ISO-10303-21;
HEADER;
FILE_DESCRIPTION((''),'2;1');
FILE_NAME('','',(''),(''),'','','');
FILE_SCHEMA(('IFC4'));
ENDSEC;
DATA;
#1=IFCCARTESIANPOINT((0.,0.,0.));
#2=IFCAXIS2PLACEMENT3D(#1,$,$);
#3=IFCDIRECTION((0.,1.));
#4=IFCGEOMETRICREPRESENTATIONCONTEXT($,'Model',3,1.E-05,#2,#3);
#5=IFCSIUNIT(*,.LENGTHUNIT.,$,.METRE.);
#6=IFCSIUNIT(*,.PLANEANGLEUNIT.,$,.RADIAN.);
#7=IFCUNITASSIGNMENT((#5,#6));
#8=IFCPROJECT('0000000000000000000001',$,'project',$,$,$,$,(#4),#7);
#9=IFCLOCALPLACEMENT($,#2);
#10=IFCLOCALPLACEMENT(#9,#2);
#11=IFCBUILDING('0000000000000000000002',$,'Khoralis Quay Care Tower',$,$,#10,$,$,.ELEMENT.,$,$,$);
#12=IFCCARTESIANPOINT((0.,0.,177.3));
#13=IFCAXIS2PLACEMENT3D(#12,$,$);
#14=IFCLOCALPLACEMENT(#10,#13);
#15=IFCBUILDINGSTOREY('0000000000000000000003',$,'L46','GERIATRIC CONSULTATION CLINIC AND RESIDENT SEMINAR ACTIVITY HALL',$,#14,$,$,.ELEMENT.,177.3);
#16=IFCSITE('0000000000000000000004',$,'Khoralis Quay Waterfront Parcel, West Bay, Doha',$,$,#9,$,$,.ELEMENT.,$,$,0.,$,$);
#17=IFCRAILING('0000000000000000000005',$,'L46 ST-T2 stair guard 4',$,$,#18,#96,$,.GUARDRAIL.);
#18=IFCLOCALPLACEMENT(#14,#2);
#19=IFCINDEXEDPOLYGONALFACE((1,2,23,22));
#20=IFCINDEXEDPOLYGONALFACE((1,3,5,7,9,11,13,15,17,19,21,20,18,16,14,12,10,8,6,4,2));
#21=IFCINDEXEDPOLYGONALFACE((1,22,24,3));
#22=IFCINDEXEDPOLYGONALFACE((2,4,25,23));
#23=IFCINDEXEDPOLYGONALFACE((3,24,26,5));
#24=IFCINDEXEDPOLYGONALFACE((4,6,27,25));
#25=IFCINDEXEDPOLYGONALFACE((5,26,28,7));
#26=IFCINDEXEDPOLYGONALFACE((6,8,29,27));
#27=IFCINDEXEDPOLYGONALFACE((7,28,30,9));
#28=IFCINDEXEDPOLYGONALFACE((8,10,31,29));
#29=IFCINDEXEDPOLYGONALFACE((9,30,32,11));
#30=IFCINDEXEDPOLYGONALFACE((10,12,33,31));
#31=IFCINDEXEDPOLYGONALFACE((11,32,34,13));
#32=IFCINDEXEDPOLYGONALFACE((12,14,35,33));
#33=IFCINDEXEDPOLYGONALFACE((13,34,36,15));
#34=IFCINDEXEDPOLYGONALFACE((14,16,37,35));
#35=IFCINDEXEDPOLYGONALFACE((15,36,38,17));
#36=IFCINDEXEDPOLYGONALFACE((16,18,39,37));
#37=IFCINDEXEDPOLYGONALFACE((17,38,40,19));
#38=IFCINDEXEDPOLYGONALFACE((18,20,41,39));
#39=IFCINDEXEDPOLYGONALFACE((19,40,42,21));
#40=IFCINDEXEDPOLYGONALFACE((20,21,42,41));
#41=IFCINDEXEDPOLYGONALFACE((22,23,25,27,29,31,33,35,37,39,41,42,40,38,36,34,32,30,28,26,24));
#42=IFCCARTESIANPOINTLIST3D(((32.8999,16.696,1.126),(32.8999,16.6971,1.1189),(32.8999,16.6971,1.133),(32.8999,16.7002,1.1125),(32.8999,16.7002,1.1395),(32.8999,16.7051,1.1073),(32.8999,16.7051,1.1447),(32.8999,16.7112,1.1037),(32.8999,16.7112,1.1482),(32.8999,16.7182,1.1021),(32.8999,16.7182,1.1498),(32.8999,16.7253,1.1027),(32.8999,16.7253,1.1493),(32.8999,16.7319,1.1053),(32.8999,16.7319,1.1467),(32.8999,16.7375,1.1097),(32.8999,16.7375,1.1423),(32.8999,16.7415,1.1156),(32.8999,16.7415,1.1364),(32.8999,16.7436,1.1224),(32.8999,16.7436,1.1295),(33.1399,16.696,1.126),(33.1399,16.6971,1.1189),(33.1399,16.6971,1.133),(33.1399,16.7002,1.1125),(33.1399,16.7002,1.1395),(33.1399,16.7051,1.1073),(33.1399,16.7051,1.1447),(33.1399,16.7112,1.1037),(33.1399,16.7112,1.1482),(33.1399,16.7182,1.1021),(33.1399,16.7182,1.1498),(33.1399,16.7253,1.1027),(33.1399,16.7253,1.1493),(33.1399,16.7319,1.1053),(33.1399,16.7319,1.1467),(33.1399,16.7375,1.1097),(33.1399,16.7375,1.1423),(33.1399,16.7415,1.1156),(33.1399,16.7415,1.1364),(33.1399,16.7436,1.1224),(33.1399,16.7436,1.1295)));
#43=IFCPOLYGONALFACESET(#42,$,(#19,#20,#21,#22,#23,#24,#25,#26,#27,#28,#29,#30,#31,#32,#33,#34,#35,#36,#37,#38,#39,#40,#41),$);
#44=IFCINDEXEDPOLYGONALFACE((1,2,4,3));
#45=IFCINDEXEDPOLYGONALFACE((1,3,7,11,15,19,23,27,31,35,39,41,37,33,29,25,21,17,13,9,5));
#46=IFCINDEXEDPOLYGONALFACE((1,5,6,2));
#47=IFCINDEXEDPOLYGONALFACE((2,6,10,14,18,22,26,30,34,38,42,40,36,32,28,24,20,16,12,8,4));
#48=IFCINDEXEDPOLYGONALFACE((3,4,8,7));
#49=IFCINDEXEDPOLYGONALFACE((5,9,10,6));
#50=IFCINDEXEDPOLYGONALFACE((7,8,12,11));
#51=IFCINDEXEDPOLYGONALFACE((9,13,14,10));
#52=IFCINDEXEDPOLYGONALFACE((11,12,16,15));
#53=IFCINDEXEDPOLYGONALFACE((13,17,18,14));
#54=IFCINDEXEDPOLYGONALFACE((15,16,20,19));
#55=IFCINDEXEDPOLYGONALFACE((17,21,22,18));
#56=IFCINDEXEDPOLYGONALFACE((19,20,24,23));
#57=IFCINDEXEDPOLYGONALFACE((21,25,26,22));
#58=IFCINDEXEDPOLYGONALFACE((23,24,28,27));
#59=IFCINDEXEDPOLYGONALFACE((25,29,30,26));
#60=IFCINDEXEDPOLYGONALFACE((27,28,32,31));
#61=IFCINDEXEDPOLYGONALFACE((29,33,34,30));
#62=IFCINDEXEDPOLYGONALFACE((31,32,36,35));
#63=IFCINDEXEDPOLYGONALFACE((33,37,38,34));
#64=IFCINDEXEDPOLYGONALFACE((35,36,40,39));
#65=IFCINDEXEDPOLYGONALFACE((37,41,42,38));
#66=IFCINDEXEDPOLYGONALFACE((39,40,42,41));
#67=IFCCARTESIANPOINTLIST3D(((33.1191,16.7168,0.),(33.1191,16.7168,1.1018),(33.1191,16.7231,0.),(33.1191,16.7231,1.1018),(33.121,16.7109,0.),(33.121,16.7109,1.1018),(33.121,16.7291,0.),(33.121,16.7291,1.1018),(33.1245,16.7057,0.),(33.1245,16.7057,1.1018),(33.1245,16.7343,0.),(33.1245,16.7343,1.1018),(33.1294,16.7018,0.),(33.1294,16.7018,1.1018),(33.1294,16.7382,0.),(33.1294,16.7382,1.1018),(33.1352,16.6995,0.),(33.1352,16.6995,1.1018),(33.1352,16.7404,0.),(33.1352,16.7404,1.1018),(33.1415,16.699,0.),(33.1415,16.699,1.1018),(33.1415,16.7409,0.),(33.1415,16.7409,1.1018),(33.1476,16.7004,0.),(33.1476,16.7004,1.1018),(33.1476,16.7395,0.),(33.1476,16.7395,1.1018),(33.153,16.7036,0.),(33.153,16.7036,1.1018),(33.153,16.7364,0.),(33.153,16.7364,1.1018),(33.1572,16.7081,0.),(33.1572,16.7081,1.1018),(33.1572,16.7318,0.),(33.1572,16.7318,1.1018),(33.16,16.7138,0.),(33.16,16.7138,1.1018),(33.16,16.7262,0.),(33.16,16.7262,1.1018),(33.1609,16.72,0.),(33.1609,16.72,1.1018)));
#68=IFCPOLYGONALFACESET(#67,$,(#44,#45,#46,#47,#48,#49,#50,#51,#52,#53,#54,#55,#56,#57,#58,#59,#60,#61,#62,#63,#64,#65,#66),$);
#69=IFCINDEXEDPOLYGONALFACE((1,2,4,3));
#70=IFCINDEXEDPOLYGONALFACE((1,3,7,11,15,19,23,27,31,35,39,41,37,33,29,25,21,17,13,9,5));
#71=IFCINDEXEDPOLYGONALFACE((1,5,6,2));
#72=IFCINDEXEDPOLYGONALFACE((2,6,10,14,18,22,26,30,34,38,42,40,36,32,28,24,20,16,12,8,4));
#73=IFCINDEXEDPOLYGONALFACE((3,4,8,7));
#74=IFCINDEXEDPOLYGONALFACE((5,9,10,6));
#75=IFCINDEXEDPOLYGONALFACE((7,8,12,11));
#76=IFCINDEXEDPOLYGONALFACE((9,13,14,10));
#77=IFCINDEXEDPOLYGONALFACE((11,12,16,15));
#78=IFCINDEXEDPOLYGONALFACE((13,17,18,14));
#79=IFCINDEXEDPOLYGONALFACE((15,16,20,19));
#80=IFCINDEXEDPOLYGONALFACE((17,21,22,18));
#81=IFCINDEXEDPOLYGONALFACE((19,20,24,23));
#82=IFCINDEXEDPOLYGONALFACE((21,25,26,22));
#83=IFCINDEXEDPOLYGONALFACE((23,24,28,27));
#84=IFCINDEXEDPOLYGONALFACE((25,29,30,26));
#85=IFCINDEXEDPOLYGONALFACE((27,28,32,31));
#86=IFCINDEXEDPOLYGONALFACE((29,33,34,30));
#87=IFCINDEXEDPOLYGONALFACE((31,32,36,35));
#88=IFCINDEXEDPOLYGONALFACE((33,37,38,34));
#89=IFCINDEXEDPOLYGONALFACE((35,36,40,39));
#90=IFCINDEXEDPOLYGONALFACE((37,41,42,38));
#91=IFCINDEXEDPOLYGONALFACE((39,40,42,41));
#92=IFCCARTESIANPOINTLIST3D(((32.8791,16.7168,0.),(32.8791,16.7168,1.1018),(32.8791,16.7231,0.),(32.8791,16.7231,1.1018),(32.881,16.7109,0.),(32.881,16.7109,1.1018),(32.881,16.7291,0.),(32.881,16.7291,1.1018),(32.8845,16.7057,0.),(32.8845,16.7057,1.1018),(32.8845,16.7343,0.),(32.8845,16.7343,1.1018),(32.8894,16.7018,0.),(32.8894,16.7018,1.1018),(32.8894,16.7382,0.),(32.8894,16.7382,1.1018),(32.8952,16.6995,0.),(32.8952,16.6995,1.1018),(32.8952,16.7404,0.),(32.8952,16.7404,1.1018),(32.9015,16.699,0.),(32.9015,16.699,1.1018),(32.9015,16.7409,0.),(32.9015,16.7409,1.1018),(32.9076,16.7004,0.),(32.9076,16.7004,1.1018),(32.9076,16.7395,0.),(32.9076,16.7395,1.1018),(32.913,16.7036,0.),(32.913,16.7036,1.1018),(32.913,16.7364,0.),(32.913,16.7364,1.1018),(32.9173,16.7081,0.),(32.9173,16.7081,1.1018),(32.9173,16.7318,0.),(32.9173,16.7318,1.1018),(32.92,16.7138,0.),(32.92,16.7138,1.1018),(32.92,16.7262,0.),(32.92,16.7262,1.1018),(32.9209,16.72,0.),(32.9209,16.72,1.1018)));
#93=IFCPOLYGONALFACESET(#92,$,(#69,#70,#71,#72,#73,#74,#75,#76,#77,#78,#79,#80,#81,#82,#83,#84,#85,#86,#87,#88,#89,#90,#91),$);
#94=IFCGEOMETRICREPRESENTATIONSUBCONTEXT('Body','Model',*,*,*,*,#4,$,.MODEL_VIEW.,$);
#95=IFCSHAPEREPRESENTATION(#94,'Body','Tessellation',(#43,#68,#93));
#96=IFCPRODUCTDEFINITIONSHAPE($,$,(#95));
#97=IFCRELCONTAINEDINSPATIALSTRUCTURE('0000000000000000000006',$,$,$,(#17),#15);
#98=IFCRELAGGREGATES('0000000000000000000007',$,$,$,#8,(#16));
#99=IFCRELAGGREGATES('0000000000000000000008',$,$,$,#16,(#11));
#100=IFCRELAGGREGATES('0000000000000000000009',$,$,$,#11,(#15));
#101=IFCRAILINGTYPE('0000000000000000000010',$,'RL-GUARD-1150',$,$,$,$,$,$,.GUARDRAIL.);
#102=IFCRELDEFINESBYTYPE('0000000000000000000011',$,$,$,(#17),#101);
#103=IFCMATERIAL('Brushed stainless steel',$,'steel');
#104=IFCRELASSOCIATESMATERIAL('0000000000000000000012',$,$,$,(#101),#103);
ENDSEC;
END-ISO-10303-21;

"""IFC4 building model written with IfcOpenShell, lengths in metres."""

from ifc_helpers import new_model, si_unit, direction, frame, origin, origin_2d, place, context, subcontext, project, spatial, circle, extrude, material, type_object, element, save


model = new_model("IFC4")

# Units and contexts
model_context = context("Model", 3, precision=1e-05, world=origin(), true_north=direction((0.0, 1.0)))
body_context = subcontext(model_context, "Body", "Model", "MODEL_VIEW")
ifc_project = project(units=[si_unit("LENGTHUNIT", "METRE"), si_unit("PLANEANGLEUNIT", "RADIAN")], contexts=[model_context])

# Site, building, storey
site_placement = place(None, origin())
site = spatial("IfcSite", under=ifc_project, at=site_placement, Name="Khoralis Quay Waterfront Parcel, West Bay, Doha", CompositionType="ELEMENT", RefElevation=0.0)
building_placement = place(site_placement, origin())
building = spatial("IfcBuilding", under=site, at=building_placement, Name="Khoralis Quay Care Tower", CompositionType="ELEMENT")
storey_placement = place(building_placement, frame((0.0, 0.0, 177.3)))
storey = spatial("IfcBuildingStorey", under=building, at=storey_placement, Name="L46", Description="GERIATRIC CONSULTATION CLINIC AND RESIDENT SEMINAR ACTIVITY HALL", CompositionType="ELEMENT", Elevation=177.3)

# Shared definitions
ifc_material_1 = material(Name="Brushed stainless steel", Category="steel")

# Railing
railing_type_1 = type_object("IfcRailingType", Name="RL-GUARD-1150", PredefinedType="GUARDRAIL", material=ifc_material_1)
railing_1_placement = place(storey_placement, frame((33.1399, 16.72, 0.0)))
element("IfcRailing", 1, at=railing_1_placement, inside=storey, type_object=railing_type_1, Name="L46 ST-T2 stair guard 4", PredefinedType="GUARDRAIL", context=body_context, shape_type="SweptSolid", body=[
    extrude(circle(Radius=0.0239, at=origin_2d()), frame((0.0, 0.0, 1.126), z_axis=(-1.0, 0.0, 0.0), x_axis=(0.0, -1.0, 0.0)), (0.0, 0.0, 1.0), 0.24),
    extrude(circle(Radius=0.021, at=origin_2d()), origin(), (0.0, 0.0, 1.0), 1.1018),
    extrude(circle(Radius=0.021, at=origin_2d()), frame((-0.24, 0.0, 0.0)), (0.0, 0.0, 1.0), 1.1018),
])

save(model, "model.ifc")
